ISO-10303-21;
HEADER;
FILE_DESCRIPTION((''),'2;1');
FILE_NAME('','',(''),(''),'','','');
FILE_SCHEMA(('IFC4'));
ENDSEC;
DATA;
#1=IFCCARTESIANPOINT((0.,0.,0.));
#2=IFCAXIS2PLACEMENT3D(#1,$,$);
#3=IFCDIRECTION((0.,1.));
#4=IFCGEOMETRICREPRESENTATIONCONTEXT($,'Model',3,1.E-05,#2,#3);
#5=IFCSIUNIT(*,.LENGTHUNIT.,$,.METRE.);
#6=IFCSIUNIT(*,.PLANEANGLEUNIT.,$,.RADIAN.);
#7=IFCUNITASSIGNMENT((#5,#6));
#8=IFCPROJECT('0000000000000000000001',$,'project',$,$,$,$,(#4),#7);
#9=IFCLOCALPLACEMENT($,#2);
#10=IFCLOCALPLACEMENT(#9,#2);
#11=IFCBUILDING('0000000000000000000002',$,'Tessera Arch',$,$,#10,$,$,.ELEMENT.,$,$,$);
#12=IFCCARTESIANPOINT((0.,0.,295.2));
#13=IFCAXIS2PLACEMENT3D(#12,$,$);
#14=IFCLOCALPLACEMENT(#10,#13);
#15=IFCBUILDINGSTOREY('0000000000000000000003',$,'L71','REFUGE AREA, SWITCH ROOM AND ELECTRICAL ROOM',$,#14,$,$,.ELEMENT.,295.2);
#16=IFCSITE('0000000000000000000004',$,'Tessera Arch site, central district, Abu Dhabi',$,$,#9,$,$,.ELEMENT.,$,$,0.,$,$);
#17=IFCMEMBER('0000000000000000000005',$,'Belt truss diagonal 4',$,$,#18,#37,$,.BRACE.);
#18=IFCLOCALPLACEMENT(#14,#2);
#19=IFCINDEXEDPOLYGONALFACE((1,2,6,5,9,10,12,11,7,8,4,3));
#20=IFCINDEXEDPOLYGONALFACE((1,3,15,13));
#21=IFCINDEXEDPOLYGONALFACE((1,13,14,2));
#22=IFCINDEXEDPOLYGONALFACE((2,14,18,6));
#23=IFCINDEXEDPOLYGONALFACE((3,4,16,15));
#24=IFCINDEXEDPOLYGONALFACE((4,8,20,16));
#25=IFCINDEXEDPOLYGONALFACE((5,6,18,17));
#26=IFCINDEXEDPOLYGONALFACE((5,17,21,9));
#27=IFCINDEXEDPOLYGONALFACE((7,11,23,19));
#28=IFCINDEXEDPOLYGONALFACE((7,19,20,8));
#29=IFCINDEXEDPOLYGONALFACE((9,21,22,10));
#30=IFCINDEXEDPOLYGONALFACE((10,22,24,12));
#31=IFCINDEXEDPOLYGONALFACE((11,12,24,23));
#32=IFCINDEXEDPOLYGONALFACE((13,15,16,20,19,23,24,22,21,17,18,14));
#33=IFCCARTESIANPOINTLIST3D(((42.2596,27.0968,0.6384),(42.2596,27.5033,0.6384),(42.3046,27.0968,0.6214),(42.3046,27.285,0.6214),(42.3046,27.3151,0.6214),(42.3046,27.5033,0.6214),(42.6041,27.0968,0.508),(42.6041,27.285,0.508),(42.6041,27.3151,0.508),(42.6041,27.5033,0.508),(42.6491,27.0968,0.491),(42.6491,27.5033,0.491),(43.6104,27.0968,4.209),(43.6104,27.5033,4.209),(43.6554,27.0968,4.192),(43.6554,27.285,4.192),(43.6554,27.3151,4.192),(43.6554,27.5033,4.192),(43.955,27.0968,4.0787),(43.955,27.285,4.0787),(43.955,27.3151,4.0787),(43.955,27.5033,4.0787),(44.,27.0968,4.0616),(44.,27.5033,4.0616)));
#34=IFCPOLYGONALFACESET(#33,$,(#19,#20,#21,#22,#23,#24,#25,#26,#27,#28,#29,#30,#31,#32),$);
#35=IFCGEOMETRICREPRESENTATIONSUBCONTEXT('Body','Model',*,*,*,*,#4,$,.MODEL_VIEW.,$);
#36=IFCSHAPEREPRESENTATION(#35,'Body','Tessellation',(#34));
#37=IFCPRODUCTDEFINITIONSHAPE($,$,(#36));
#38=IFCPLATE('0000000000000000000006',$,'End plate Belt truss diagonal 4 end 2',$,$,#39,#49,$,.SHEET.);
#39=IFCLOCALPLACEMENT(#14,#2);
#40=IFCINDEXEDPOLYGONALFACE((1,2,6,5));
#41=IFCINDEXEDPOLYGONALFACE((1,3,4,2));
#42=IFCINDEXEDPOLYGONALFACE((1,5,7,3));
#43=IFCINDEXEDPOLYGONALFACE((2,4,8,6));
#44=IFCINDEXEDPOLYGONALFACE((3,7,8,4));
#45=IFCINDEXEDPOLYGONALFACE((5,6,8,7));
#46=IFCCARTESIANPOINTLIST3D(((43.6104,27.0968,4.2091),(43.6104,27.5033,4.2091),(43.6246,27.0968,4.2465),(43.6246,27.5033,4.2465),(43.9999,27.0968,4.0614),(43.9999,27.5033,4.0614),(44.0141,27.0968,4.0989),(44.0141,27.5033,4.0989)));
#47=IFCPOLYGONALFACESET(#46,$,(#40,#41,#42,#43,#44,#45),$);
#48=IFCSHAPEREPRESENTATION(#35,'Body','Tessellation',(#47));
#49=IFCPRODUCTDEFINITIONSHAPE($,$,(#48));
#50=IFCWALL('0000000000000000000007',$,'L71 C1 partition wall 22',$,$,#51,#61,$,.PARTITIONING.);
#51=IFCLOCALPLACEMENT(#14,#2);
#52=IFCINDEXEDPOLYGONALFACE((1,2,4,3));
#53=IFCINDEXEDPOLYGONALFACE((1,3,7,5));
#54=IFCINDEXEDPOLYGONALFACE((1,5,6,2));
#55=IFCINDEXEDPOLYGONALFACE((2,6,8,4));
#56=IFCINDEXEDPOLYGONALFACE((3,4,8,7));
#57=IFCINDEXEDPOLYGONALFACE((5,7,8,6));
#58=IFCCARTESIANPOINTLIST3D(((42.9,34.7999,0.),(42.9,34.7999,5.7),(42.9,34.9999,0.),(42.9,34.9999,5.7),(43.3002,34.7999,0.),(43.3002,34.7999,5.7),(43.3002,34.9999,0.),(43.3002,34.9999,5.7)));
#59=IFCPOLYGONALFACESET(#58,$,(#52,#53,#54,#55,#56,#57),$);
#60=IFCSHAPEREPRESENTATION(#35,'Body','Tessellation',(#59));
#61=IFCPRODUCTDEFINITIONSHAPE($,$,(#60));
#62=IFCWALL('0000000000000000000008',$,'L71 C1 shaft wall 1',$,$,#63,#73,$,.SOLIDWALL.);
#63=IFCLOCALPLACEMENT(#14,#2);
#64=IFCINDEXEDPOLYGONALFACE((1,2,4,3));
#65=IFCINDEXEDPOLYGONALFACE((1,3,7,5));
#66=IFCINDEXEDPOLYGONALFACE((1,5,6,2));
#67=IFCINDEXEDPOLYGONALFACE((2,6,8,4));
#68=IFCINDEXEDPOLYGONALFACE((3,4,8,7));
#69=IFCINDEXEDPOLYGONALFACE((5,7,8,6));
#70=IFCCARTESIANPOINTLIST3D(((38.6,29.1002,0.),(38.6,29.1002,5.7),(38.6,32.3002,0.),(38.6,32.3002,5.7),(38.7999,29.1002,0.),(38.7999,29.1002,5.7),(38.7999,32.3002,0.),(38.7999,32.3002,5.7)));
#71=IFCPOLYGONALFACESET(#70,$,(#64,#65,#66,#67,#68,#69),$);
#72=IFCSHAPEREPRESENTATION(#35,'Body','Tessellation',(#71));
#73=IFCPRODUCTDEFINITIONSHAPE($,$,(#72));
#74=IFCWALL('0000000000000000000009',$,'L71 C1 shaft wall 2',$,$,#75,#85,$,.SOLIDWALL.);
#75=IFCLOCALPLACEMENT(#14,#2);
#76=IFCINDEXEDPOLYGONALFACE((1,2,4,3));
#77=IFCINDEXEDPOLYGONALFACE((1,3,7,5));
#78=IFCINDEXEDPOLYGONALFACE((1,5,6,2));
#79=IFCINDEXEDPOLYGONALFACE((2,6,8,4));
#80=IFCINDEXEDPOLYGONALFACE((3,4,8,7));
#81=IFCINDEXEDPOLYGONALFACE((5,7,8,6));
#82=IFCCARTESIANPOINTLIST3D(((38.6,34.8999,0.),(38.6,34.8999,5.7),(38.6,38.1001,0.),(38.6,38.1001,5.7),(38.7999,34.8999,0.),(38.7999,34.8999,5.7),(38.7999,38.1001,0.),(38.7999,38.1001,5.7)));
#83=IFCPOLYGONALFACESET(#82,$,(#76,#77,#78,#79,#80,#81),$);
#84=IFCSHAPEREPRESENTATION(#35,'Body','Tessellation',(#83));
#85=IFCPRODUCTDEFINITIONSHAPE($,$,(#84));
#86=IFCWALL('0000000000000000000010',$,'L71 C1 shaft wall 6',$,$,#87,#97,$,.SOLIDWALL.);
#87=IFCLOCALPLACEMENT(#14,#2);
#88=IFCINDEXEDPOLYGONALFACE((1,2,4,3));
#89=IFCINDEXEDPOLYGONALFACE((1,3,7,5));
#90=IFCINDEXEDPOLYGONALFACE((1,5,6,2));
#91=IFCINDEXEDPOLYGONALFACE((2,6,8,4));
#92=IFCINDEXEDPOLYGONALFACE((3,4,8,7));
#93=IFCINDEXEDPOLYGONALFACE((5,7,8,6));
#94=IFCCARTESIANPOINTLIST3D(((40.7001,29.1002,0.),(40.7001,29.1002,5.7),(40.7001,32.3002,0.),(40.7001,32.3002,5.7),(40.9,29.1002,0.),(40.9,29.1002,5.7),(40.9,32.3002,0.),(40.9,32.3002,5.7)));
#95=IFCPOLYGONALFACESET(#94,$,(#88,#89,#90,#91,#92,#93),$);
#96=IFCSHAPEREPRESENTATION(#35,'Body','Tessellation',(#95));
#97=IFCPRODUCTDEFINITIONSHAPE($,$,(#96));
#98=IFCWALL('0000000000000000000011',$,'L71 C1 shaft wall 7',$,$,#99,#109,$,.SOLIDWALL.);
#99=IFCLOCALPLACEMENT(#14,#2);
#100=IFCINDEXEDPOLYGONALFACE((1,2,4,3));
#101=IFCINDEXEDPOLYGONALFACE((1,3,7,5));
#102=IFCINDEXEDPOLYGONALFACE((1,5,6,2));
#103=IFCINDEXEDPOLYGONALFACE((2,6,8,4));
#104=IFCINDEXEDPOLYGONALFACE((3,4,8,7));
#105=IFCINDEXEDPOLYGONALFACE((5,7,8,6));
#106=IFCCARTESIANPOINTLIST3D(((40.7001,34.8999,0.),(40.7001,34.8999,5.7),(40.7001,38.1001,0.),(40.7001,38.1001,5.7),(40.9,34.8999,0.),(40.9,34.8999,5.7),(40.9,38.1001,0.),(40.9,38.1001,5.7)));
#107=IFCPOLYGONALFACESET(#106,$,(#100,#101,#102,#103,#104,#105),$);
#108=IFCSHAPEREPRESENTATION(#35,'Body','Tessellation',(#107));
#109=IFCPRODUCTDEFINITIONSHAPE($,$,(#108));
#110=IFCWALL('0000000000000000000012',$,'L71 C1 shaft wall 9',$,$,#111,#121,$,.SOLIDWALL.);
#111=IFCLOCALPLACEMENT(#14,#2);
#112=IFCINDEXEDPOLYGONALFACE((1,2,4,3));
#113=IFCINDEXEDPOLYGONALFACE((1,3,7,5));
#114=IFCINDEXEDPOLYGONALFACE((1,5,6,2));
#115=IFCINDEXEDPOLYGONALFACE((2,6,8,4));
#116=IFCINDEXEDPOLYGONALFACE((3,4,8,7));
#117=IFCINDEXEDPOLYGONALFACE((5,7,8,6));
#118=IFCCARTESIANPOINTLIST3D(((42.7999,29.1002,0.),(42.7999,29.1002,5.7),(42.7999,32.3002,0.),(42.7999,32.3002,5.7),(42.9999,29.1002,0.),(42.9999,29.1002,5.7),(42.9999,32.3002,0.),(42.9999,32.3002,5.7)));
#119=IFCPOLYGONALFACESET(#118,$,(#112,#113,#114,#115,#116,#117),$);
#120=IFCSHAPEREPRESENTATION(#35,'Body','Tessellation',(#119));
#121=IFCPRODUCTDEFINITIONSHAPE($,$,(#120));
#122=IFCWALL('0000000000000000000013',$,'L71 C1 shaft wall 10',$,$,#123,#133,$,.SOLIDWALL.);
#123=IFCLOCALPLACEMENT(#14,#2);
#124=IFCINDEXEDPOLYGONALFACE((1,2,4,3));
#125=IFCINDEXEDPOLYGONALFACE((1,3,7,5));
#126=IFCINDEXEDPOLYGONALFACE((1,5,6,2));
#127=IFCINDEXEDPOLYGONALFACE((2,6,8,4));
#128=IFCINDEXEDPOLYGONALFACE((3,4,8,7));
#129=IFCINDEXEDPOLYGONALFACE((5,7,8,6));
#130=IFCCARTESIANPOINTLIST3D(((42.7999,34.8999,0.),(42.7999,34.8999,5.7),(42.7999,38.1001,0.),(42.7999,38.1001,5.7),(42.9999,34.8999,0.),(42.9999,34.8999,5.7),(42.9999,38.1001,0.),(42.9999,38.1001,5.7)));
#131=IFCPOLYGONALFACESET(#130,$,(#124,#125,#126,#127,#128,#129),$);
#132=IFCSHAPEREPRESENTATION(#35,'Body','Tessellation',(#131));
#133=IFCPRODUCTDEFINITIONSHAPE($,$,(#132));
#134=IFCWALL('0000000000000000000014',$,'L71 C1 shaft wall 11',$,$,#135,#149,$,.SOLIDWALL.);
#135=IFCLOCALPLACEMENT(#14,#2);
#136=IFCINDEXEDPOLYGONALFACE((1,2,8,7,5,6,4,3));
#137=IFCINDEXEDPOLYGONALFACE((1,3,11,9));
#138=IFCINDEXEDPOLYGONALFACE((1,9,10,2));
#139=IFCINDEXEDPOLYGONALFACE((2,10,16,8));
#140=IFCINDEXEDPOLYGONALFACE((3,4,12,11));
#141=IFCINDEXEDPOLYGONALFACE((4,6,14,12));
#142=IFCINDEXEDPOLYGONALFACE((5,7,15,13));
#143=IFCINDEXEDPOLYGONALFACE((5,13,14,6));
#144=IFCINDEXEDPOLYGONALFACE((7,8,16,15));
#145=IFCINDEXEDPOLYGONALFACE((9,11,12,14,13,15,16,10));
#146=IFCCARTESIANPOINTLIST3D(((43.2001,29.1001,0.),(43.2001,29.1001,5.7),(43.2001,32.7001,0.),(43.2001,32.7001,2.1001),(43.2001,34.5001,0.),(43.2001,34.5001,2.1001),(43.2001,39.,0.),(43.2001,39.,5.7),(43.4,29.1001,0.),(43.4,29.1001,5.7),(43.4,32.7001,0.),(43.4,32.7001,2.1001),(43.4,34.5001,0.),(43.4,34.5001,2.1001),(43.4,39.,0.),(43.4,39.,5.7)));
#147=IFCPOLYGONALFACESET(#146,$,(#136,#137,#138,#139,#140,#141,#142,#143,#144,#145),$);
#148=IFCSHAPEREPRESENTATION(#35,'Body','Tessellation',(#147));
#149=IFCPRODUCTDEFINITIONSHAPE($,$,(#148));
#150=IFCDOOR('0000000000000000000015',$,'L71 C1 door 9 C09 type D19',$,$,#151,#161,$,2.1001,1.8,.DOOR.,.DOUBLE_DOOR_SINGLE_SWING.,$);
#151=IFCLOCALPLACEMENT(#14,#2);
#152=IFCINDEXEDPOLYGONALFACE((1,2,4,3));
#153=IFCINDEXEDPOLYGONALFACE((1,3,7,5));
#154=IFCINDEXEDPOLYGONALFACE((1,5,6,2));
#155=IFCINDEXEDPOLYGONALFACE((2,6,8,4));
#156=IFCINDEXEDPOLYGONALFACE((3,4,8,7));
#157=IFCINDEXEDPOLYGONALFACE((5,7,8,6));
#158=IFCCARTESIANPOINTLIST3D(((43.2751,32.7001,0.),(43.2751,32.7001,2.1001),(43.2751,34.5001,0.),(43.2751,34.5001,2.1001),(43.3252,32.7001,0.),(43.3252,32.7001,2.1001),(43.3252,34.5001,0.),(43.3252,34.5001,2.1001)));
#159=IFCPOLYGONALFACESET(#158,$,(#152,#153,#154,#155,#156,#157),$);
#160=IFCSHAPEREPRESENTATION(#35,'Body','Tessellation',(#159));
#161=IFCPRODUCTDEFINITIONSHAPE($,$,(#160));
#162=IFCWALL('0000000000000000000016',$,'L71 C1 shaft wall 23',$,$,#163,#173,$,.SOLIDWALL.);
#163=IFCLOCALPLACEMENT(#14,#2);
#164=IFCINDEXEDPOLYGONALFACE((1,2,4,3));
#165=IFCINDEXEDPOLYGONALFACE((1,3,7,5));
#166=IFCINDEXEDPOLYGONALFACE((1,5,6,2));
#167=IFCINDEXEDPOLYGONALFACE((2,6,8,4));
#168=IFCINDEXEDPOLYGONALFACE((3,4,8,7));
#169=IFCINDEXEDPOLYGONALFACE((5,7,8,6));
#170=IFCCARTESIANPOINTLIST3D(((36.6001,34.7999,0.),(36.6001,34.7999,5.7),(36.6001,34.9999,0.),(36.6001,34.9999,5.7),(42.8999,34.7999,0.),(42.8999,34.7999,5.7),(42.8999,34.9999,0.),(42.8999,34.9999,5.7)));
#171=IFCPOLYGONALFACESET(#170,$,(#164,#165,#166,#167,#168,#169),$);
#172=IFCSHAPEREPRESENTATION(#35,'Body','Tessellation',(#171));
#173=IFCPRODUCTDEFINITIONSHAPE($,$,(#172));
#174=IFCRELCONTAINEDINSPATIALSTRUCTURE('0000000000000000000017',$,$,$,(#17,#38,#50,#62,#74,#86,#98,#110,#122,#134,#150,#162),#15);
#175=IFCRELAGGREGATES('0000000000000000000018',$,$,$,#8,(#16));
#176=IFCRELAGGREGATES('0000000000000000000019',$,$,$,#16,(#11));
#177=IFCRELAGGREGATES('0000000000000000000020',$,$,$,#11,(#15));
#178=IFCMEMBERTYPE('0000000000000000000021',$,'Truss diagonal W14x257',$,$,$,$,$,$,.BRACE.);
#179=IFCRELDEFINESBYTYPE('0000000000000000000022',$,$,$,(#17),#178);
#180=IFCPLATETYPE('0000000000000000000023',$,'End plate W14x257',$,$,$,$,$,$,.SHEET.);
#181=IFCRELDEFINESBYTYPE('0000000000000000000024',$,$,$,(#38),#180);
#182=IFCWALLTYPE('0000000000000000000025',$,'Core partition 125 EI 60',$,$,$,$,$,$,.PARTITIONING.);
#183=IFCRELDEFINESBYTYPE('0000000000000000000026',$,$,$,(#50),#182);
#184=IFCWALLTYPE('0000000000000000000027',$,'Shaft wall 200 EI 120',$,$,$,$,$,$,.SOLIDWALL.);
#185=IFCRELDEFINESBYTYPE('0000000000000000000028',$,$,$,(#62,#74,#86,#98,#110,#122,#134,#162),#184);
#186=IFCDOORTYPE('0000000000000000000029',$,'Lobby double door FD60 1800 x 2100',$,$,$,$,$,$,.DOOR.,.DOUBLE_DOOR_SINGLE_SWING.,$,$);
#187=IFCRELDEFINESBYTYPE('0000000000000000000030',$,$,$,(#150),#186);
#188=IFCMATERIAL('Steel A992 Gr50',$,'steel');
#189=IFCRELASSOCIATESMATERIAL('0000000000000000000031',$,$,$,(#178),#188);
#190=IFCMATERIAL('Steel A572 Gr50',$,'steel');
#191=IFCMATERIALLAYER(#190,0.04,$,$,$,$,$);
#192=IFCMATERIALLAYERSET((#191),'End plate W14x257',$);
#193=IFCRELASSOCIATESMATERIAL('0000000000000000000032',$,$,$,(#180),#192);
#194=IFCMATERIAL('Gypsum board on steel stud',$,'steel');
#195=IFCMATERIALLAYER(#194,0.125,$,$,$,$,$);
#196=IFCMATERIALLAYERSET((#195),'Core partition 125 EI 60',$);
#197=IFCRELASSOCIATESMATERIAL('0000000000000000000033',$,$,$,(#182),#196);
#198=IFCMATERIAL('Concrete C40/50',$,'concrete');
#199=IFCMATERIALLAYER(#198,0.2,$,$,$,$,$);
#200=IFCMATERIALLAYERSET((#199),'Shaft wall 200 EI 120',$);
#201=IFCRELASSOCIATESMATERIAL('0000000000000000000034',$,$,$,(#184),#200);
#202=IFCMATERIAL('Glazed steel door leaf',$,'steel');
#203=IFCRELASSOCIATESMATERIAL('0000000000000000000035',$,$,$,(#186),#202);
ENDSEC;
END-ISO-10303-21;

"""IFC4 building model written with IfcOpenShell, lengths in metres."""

from ifc_helpers import new_model, si_unit, direction, frame, frame_2d, origin, origin_2d, place, context, subcontext, project, spatial, rectangle, i_section, extrude, material, layer, layer_set, material_profile, profile_set, type_object, element, fill, save


model = new_model("IFC4")

# Units and contexts
model_context = context("Model", 3, precision=1e-05, world=origin(), true_north=direction((0.0, 1.0)))
body_context = subcontext(model_context, "Body", "Model", "MODEL_VIEW")
ifc_project = project(units=[si_unit("LENGTHUNIT", "METRE"), si_unit("PLANEANGLEUNIT", "RADIAN")], contexts=[model_context])

# Site, building, storey
site_placement = place(None, origin())
site = spatial("IfcSite", under=ifc_project, at=site_placement, Name="Tessera Arch site, central district, Abu Dhabi", CompositionType="ELEMENT", RefElevation=0.0)
building_placement = place(site_placement, origin())
building = spatial("IfcBuilding", under=site, at=building_placement, Name="Tessera Arch", CompositionType="ELEMENT")
storey_placement = place(building_placement, frame((0.0, 0.0, 295.2)))
storey = spatial("IfcBuildingStorey", under=building, at=storey_placement, Name="L71", Description="REFUGE AREA, SWITCH ROOM AND ELECTRICAL ROOM", CompositionType="ELEMENT", Elevation=295.2)

# Member
ifc_material_1 = material(Name="Steel A992 Gr50", Category="steel")
ifc_material_profile = material_profile(ifc_material_1, i_section(OverallWidth=0.4065, OverallDepth=0.4165, WebThickness=0.03, FlangeThickness=0.0481, at=origin_2d()), Name="W14x257")
ifc_profile_set = profile_set([ifc_material_profile], Name="Steel A992 Gr50")
member_type = type_object("IfcMemberType", Name="Truss diagonal W14x257", PredefinedType="BRACE", material=ifc_profile_set)
member_placement = place(storey_placement, frame((42.4543, 27.3, 0.5647), z_axis=(0.353848, 0.0, 0.935303), x_axis=(0.0, 1.0, 0.0)))
element("IfcMember", 1, at=member_placement, inside=storey, type_object=member_type, Name="Belt truss diagonal 4", PredefinedType="BRACE", context=body_context, shape_type="SweptSolid", body=[
    extrude(i_section(OverallWidth=0.4065, OverallDepth=0.4165, WebThickness=0.03, FlangeThickness=0.0481, at=origin_2d()), origin(), (0.0, 0.0, 1.0), 3.8176),
])

# Plate
ifc_material_2 = material(Name="Steel A572 Gr50", Category="steel")
ifc_layer_1 = layer(ifc_material_2, 0.04)
ifc_layer_set_1 = layer_set([ifc_layer_1], Name="End plate W14x257")
plate_type = type_object("IfcPlateType", Name="End plate W14x257", PredefinedType="SHEET", material=ifc_layer_set_1)
plate_placement = place(storey_placement, frame((43.8052, 27.3, 4.1353), z_axis=(0.35447, 0.0, 0.935067), x_axis=(0.0, 1.0, 0.0)))
element("IfcPlate", 2, at=plate_placement, inside=storey, type_object=plate_type, Name="End plate Belt truss diagonal 4 end 2", PredefinedType="SHEET", context=body_context, shape_type="SweptSolid", body=[
    extrude(rectangle(XDim=0.4065, YDim=0.4165, at=origin_2d()), origin(), (0.0, 0.0, 1.0), 0.04),
])

# Walls
ifc_material_3 = material(Name="Gypsum board on steel stud", Category="steel")
ifc_layer_2 = layer(ifc_material_3, 0.125)
ifc_layer_set_2 = layer_set([ifc_layer_2], Name="Core partition 125 EI 60")
wall_type_1 = type_object("IfcWallType", Name="Core partition 125 EI 60", PredefinedType="PARTITIONING", material=ifc_layer_set_2)
wall_1_placement = place(storey_placement, frame((42.8999, 34.8999, 0.0), z_axis=(0.0, 0.0, 1.0), x_axis=(1.0, 0.0, 0.0)))
element("IfcWall", 3, at=wall_1_placement, inside=storey, type_object=wall_type_1, Name="L71 C1 partition wall 22", PredefinedType="PARTITIONING", context=body_context, shape_type="SweptSolid", body=[
    extrude(rectangle(XDim=0.4001, YDim=0.2, at=frame_2d((0.2002, 0.0))), origin(), (0.0, 0.0, 1.0), 5.7),
])
ifc_material_4 = material(Name="Concrete C40/50", Category="concrete")
ifc_layer_3 = layer(ifc_material_4, 0.2)
ifc_layer_set_3 = layer_set([ifc_layer_3], Name="Shaft wall 200 EI 120")
wall_type_2 = type_object("IfcWallType", Name="Shaft wall 200 EI 120", PredefinedType="SOLIDWALL", material=ifc_layer_set_3)
wall_2_placement = place(storey_placement, frame((38.7, 29.1001, 0.0), z_axis=(0.0, 0.0, 1.0), x_axis=(0.0, 1.0, 0.0)))
element("IfcWall", 4, at=wall_2_placement, inside=storey, type_object=wall_type_2, Name="L71 C1 shaft wall 1", PredefinedType="SOLIDWALL", context=body_context, shape_type="SweptSolid", body=[
    extrude(rectangle(XDim=3.2, YDim=0.2, at=frame_2d((1.6001, 0.0))), origin(), (0.0, 0.0, 1.0), 5.7),
])
wall_3_placement = place(storey_placement, frame((38.7, 34.8999, 0.0), z_axis=(0.0, 0.0, 1.0), x_axis=(0.0, 1.0, 0.0)))
element("IfcWall", 5, at=wall_3_placement, inside=storey, type_object=wall_type_2, Name="L71 C1 shaft wall 2", PredefinedType="SOLIDWALL", context=body_context, shape_type="SweptSolid", body=[
    extrude(rectangle(XDim=3.2002, YDim=0.2, at=frame_2d((1.6001, 0.0))), origin(), (0.0, 0.0, 1.0), 5.7),
])
wall_4_placement = place(storey_placement, frame((40.8, 29.1001, 0.0), z_axis=(0.0, 0.0, 1.0), x_axis=(0.0, 1.0, 0.0)))
element("IfcWall", 6, at=wall_4_placement, inside=storey, type_object=wall_type_2, Name="L71 C1 shaft wall 6", PredefinedType="SOLIDWALL", context=body_context, shape_type="SweptSolid", body=[
    extrude(rectangle(XDim=3.2, YDim=0.2, at=frame_2d((1.6001, 0.0))), origin(), (0.0, 0.0, 1.0), 5.7),
])
wall_5_placement = place(storey_placement, frame((40.8, 34.8999, 0.0), z_axis=(0.0, 0.0, 1.0), x_axis=(0.0, 1.0, 0.0)))
element("IfcWall", 7, at=wall_5_placement, inside=storey, type_object=wall_type_2, Name="L71 C1 shaft wall 7", PredefinedType="SOLIDWALL", context=body_context, shape_type="SweptSolid", body=[
    extrude(rectangle(XDim=3.2002, YDim=0.2, at=frame_2d((1.6001, 0.0))), origin(), (0.0, 0.0, 1.0), 5.7),
])
wall_6_placement = place(storey_placement, frame((42.8999, 29.1001, 0.0), z_axis=(0.0, 0.0, 1.0), x_axis=(0.0, 1.0, 0.0)))
element("IfcWall", 8, at=wall_6_placement, inside=storey, type_object=wall_type_2, Name="L71 C1 shaft wall 9", PredefinedType="SOLIDWALL", context=body_context, shape_type="SweptSolid", body=[
    extrude(rectangle(XDim=3.2, YDim=0.2, at=frame_2d((1.6001, 0.0))), origin(), (0.0, 0.0, 1.0), 5.7),
])
wall_7_placement = place(storey_placement, frame((42.8999, 34.8999, 0.0), z_axis=(0.0, 0.0, 1.0), x_axis=(0.0, 1.0, 0.0)))
element("IfcWall", 9, at=wall_7_placement, inside=storey, type_object=wall_type_2, Name="L71 C1 shaft wall 10", PredefinedType="SOLIDWALL", context=body_context, shape_type="SweptSolid", body=[
    extrude(rectangle(XDim=3.2002, YDim=0.2, at=frame_2d((1.6001, 0.0))), origin(), (0.0, 0.0, 1.0), 5.7),
])

# Wall, opening, door
wall_8_placement = place(storey_placement, frame((43.3, 29.1001, 0.0), z_axis=(0.0, 0.0, 1.0), x_axis=(0.0, 1.0, 0.0)))
wall_8 = element("IfcWall", 10, at=wall_8_placement, inside=storey, type_object=wall_type_2, Name="L71 C1 shaft wall 11", PredefinedType="SOLIDWALL", context=body_context, shape_type="SweptSolid", body=[
    extrude(rectangle(XDim=9.8999, YDim=0.2, at=frame_2d((4.95, 0.0))), origin(), (0.0, 0.0, 1.0), 5.7),
])
opening_1_placement = place(wall_8_placement, frame((3.6001, 0.0, 0.0)))
opening_1 = element("IfcOpeningElement", 11, at=opening_1_placement, cuts=wall_8, PredefinedType="OPENING", context=body_context, shape_type="SweptSolid", body=[
    extrude(rectangle(XDim=1.8, YDim=2.1001, at=frame_2d((0.8999, 1.05))), frame((0.0, 0.1099, 0.0), z_axis=(0.0, -1.0, 0.0), x_axis=(1.0, 0.0, 0.0)), (0.0, 0.0, 1.0), 0.22),
])
ifc_material_5 = material(Name="Glazed steel door leaf", Category="steel")
door_type_1 = type_object("IfcDoorType", Name="Lobby double door FD60 1800 x 2100", OperationType="DOUBLE_DOOR_SINGLE_SWING", PredefinedType="DOOR", material=ifc_material_5)
door_1_placement = place(opening_1_placement, origin())
door_1 = element("IfcDoor", 12, at=door_1_placement, inside=storey, type_object=door_type_1, Name="L71 C1 door 9 C09 type D19", OperationType="DOUBLE_DOOR_SINGLE_SWING", OverallHeight=2.1001, OverallWidth=1.8, PredefinedType="DOOR", context=body_context, shape_type="SweptSolid", body=[
    extrude(rectangle(XDim=1.8, YDim=2.1001, at=frame_2d((0.8999, 1.05))), frame((0.0, 0.0249, 0.0), z_axis=(0.0, -1.0, 0.0), x_axis=(1.0, 0.0, 0.0)), (0.0, 0.0, 1.0), 0.05),
])
fill(opening_1, door_1)

# Wall
wall_9_placement = place(storey_placement, frame((36.6001, 34.8999, 0.0), z_axis=(0.0, 0.0, 1.0), x_axis=(1.0, 0.0, 0.0)))
element("IfcWall", 13, at=wall_9_placement, inside=storey, type_object=wall_type_2, Name="L71 C1 shaft wall 23", PredefinedType="SOLIDWALL", context=body_context, shape_type="SweptSolid", body=[
    extrude(rectangle(XDim=6.2998, YDim=0.2, at=frame_2d((3.1499, 0.0))), origin(), (0.0, 0.0, 1.0), 5.7),
])

save(model, "model.ifc")
